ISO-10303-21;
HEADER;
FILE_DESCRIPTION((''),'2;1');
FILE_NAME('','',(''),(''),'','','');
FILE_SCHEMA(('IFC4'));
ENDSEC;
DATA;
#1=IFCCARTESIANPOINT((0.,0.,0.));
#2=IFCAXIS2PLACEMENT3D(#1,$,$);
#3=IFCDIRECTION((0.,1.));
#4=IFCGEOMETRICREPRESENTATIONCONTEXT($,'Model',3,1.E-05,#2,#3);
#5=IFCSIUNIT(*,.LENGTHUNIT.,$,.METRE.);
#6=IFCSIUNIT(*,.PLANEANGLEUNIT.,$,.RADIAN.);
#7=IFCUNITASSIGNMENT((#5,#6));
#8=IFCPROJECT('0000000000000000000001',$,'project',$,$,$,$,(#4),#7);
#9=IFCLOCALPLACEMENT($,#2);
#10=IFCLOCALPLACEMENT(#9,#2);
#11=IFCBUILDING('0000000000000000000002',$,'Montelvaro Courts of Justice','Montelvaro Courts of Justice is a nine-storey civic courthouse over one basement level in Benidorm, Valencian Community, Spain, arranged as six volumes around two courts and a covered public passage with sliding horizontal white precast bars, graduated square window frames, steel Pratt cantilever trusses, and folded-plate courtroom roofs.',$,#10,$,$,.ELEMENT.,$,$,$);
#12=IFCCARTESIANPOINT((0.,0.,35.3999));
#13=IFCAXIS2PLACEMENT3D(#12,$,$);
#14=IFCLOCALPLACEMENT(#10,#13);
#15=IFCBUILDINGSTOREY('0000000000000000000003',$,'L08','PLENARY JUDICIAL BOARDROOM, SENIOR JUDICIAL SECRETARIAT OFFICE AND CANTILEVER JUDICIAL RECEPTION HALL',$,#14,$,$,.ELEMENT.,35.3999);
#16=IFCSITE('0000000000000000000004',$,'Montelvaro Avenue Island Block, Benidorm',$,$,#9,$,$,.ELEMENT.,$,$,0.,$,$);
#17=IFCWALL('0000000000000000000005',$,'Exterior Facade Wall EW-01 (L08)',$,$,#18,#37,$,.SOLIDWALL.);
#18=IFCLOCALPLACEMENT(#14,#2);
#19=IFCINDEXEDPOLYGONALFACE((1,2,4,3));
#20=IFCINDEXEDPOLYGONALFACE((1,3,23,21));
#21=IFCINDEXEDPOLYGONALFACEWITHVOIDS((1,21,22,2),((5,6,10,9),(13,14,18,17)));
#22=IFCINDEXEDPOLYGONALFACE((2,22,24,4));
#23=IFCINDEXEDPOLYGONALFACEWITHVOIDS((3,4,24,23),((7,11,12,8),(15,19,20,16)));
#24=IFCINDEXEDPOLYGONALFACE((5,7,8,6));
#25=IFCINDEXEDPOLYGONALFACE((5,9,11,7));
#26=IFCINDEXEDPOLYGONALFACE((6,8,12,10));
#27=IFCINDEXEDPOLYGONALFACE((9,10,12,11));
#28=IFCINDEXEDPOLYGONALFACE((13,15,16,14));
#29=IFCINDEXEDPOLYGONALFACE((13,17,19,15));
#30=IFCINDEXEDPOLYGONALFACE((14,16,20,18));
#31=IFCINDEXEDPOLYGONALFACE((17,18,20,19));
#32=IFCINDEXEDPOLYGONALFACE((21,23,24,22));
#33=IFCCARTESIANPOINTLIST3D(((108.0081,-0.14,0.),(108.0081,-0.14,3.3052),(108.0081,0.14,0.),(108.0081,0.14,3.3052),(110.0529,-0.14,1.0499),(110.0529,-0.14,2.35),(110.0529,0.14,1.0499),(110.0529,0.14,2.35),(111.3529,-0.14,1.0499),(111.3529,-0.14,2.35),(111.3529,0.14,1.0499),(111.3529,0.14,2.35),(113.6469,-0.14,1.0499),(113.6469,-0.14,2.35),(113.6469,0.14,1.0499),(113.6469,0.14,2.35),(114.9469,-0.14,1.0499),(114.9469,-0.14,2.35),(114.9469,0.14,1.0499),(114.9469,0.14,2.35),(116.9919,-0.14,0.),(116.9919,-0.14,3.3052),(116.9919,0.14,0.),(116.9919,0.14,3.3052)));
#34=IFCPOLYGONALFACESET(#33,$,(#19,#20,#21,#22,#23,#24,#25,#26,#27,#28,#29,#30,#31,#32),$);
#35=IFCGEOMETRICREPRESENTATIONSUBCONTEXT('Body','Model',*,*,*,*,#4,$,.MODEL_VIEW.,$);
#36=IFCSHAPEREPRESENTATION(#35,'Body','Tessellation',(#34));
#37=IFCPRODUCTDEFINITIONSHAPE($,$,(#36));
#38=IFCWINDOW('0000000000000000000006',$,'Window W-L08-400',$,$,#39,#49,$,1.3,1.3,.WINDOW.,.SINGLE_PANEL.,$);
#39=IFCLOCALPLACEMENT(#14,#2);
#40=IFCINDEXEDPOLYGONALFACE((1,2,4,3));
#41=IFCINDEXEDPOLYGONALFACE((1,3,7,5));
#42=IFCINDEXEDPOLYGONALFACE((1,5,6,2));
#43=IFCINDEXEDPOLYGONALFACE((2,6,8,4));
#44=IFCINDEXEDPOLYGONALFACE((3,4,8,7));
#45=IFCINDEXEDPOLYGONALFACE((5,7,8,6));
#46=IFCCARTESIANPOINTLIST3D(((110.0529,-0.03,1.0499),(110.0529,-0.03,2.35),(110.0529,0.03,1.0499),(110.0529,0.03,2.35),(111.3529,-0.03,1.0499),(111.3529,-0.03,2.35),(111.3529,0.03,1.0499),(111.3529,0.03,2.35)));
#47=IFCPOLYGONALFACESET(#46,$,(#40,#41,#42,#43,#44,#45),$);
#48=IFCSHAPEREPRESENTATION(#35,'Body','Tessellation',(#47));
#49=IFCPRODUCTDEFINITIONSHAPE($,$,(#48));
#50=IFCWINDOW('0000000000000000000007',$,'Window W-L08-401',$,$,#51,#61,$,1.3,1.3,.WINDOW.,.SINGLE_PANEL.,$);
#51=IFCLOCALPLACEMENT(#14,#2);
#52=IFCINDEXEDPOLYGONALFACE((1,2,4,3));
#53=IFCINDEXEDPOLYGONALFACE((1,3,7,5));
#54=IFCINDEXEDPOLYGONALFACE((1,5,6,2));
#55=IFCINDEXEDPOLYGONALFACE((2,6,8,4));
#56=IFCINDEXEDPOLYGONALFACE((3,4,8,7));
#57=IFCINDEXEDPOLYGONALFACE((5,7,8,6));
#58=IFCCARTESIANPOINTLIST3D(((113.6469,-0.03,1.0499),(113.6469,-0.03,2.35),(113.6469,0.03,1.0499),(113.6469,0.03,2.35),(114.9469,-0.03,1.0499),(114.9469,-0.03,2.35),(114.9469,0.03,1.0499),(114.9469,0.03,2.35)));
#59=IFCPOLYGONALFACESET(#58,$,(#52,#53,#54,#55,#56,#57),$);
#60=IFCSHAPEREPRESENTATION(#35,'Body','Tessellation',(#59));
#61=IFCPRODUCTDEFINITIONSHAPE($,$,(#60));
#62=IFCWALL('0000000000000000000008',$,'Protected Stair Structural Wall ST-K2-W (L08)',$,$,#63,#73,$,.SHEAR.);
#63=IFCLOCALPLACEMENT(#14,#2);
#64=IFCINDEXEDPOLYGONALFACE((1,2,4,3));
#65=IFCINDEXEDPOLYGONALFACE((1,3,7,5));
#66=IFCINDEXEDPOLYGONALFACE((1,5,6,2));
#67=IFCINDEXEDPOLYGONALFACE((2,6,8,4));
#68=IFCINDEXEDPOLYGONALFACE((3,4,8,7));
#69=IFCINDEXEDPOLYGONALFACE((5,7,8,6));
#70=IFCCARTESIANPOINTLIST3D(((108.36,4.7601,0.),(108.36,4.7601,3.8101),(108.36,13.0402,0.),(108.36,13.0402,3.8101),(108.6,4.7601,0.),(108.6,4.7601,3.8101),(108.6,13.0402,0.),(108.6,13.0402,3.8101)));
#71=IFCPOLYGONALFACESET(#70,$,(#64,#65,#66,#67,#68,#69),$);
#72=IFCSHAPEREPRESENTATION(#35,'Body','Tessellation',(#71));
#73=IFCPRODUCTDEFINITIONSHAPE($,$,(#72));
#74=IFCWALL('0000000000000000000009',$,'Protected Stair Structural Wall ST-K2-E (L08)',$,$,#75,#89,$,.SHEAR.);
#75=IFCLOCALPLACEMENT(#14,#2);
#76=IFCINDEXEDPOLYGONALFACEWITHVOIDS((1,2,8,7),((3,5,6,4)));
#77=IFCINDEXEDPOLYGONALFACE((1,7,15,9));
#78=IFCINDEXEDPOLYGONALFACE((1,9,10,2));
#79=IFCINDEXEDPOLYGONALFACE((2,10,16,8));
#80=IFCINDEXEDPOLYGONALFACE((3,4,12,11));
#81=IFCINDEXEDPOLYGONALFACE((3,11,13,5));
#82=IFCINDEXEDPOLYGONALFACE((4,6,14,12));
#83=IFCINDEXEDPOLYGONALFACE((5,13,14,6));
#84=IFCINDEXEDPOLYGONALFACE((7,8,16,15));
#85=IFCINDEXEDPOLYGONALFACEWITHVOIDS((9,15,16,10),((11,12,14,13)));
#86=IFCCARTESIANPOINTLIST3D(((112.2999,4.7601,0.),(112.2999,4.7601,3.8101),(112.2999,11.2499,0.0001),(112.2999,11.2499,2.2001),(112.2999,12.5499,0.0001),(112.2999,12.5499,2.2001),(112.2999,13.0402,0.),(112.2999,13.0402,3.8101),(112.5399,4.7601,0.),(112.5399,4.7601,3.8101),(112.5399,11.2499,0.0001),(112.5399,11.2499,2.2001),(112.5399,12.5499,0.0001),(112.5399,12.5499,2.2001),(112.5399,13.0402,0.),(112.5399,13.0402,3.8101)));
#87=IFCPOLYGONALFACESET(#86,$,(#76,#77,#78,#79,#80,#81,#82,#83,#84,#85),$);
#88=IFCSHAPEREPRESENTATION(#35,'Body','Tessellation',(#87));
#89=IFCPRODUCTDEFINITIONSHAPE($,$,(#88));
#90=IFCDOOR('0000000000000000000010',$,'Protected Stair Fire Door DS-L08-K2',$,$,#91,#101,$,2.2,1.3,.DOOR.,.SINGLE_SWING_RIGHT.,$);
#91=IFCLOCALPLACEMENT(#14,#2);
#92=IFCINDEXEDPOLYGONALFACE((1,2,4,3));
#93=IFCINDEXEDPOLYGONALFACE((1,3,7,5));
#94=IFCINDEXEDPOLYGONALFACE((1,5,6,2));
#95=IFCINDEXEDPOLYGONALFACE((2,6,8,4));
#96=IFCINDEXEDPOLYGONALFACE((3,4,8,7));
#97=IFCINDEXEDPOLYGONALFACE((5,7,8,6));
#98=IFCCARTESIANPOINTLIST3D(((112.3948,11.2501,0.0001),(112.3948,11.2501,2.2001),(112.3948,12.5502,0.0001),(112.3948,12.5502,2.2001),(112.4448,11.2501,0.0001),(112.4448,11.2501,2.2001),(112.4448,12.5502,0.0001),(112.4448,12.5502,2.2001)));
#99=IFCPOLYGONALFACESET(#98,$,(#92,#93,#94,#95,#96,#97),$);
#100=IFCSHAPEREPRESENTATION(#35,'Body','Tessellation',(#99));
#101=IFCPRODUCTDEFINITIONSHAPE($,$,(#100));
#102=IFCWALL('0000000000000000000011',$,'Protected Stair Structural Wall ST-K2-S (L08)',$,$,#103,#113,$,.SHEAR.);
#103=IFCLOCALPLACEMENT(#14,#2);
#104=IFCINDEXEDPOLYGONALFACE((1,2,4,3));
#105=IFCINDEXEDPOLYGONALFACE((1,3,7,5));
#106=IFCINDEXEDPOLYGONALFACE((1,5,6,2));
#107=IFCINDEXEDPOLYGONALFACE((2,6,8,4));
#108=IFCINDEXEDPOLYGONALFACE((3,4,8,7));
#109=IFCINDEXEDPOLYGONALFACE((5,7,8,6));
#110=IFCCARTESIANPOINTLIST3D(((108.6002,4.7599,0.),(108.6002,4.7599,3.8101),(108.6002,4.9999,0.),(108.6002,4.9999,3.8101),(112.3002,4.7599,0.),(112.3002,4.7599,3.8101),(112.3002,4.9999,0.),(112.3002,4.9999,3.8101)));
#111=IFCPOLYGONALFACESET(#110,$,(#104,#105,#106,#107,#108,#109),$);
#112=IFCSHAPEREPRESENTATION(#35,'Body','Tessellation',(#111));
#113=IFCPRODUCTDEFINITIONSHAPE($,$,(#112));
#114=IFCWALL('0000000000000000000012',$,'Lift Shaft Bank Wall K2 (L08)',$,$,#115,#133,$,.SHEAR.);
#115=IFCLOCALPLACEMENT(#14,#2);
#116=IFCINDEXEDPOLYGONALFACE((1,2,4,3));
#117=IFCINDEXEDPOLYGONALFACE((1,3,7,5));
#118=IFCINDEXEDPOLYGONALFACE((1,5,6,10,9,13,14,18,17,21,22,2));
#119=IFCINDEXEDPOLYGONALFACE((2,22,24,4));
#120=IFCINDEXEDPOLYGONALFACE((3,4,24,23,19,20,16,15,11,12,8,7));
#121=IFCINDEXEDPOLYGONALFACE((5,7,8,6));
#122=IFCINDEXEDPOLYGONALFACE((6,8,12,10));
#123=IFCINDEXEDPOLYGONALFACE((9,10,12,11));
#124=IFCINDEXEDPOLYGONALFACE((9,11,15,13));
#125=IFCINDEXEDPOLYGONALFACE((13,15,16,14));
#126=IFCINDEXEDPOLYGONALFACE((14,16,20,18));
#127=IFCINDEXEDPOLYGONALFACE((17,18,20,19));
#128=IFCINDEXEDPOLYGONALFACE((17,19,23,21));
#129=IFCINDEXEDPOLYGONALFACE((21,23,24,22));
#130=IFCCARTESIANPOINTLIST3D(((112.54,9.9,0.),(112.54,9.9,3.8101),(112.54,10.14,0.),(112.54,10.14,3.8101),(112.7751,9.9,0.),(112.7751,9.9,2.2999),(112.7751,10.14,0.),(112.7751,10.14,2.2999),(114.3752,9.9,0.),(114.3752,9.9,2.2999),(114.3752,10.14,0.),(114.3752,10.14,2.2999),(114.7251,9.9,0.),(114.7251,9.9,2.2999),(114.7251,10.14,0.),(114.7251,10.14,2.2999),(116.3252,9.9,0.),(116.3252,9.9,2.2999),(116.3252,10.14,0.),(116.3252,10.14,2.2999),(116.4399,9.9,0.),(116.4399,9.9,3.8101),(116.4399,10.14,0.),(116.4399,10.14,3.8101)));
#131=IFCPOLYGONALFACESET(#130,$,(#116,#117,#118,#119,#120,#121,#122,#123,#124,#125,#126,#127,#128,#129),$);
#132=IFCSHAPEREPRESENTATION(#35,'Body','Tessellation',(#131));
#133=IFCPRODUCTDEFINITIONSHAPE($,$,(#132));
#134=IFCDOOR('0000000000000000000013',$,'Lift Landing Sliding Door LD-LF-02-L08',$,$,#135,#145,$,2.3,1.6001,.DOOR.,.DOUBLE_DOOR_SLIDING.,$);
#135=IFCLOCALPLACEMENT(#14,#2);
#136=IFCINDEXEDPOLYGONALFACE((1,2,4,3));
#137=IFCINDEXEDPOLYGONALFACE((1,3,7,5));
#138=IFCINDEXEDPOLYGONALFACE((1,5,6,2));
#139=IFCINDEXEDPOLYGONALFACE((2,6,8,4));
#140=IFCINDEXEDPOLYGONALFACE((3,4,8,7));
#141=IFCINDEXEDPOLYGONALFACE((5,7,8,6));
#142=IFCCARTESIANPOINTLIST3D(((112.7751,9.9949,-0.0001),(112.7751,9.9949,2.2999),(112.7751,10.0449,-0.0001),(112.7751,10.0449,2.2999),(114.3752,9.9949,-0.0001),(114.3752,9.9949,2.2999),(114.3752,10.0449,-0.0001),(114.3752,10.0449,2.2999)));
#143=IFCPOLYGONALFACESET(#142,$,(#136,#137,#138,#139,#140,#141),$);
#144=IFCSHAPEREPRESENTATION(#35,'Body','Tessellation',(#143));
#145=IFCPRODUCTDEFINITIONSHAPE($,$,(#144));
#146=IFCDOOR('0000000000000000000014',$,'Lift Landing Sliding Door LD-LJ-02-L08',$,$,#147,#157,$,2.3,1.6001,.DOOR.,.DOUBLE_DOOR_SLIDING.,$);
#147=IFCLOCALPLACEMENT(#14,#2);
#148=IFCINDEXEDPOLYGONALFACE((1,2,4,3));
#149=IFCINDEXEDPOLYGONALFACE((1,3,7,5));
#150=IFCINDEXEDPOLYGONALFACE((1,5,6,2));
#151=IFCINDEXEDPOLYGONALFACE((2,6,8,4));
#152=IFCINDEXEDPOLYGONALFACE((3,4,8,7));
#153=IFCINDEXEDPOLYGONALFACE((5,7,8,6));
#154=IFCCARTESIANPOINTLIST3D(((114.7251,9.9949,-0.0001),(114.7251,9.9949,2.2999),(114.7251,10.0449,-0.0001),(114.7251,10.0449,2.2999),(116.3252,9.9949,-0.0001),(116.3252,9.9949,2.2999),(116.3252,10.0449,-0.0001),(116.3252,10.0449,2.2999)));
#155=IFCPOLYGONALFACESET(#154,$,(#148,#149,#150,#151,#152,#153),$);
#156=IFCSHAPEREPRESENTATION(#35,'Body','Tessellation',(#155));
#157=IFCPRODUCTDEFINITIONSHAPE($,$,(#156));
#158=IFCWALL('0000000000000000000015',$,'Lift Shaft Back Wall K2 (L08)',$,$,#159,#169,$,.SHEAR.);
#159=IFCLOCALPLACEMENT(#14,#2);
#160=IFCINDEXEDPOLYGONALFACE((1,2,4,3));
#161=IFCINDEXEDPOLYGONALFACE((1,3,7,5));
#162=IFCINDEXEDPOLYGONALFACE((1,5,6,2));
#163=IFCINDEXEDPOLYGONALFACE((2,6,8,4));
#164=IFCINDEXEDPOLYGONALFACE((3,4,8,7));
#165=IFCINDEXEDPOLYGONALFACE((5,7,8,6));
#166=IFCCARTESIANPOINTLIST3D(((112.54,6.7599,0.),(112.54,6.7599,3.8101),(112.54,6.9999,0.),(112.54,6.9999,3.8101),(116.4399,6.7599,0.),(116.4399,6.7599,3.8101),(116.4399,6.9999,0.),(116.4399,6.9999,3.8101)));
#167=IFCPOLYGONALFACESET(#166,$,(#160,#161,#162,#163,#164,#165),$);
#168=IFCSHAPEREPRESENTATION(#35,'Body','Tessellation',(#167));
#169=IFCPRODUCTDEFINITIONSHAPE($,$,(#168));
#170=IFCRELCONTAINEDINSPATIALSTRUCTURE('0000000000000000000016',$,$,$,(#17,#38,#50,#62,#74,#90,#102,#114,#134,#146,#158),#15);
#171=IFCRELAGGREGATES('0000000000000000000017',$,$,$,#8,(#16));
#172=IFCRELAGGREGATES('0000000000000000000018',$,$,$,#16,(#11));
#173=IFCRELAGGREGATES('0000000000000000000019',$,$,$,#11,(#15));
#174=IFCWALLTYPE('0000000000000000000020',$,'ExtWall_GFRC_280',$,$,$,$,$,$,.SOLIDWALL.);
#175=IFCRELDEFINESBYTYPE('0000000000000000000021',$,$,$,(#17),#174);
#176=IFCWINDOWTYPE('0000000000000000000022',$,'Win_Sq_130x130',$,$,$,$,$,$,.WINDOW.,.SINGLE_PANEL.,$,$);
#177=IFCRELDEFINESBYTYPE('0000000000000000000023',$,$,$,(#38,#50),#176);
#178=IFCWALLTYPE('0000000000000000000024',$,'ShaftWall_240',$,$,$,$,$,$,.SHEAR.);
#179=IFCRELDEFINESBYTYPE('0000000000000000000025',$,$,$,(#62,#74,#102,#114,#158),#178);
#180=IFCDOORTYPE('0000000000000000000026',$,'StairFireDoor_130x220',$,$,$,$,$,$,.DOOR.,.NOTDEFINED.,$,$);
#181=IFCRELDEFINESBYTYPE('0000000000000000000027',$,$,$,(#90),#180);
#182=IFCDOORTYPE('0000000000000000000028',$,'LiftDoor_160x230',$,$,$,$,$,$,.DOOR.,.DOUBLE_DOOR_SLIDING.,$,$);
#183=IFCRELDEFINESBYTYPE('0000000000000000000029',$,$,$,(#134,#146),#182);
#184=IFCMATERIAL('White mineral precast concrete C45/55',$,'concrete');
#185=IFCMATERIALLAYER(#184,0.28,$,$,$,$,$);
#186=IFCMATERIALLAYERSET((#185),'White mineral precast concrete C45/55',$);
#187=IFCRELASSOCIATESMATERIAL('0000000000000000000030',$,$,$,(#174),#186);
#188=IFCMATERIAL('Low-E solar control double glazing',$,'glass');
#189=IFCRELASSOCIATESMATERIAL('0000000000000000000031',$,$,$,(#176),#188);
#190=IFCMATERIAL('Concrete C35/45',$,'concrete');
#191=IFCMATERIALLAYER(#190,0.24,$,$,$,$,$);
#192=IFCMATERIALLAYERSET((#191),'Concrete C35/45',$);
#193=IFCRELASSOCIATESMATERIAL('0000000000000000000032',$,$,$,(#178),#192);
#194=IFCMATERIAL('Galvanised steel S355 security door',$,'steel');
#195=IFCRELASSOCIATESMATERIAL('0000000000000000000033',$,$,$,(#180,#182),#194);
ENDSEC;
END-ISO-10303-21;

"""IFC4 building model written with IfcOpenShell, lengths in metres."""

from ifc_helpers import new_model, si_unit, direction, frame, frame_2d, origin, place, context, subcontext, project, spatial, rectangle, extrude, material, layer, layer_set, type_object, element, fill, save


model = new_model("IFC4")

# Units and contexts
model_context = context("Model", 3, precision=1e-05, world=origin(), true_north=direction((0.0, 1.0)))
body_context = subcontext(model_context, "Body", "Model", "MODEL_VIEW")
ifc_project = project(units=[si_unit("LENGTHUNIT", "METRE"), si_unit("PLANEANGLEUNIT", "RADIAN")], contexts=[model_context])

# Site, building, storey
site_placement = place(None, origin())
site = spatial("IfcSite", under=ifc_project, at=site_placement, Name="Montelvaro Avenue Island Block, Benidorm", CompositionType="ELEMENT", RefElevation=0.0)
building_placement = place(site_placement, origin())
building = spatial("IfcBuilding", under=site, at=building_placement, Name="Montelvaro Courts of Justice", Description="Montelvaro Courts of Justice is a nine-storey civic courthouse over one basement level in Benidorm, Valencian Community, Spain, arranged as six volumes around two courts and a covered public passage with sliding horizontal white precast bars, graduated square window frames, steel Pratt cantilever trusses, and folded-plate courtroom roofs.", CompositionType="ELEMENT")
storey_placement = place(building_placement, frame((0.0, 0.0, 35.3999)))
storey = spatial("IfcBuildingStorey", under=building, at=storey_placement, Name="L08", Description="PLENARY JUDICIAL BOARDROOM, SENIOR JUDICIAL SECRETARIAT OFFICE AND CANTILEVER JUDICIAL RECEPTION HALL", CompositionType="ELEMENT", Elevation=35.3999)

# Shared definitions
ifc_material_1 = material(Name="White mineral precast concrete C45/55", Category="concrete")

# Wall, openings, windows
ifc_layer_1 = layer(ifc_material_1, 0.28)
ifc_layer_set_1 = layer_set([ifc_layer_1], Name="White mineral precast concrete C45/55")
wall_type_1 = type_object("IfcWallType", Name="ExtWall_GFRC_280", PredefinedType="SOLIDWALL", material=ifc_layer_set_1)
wall_1_placement = place(storey_placement, frame((108.0081, 0.0, 0.0), z_axis=(0.0, 0.0, 1.0), x_axis=(1.0, 0.0, 0.0)))
wall_1 = element("IfcWall", 1, at=wall_1_placement, inside=storey, type_object=wall_type_1, Name="Exterior Facade Wall EW-01 (L08)", PredefinedType="SOLIDWALL", context=body_context, shape_type="SweptSolid", body=[
    extrude(rectangle(XDim=8.9839, YDim=0.28, at=frame_2d((4.4919, 0.0))), origin(), (0.0, 0.0, 1.0), 3.3052),
])
opening_1_placement = place(wall_1_placement, frame((2.0449, 0.0, 1.05)))
opening_1 = element("IfcOpeningElement", 2, at=opening_1_placement, cuts=wall_1, PredefinedType="OPENING", context=body_context, shape_type="SweptSolid", body=[
    extrude(rectangle(XDim=1.3, YDim=1.3, at=frame_2d((0.6499, 0.6499))), frame((0.0, 0.1548, 0.0), z_axis=(0.0, -1.0, 0.0), x_axis=(1.0, 0.0, 0.0)), (0.0, 0.0, 1.0), 0.3098),
])
opening_2_placement = place(wall_1_placement, frame((5.6389, 0.0, 1.05)))
opening_2 = element("IfcOpeningElement", 3, at=opening_2_placement, cuts=wall_1, PredefinedType="OPENING", context=body_context, shape_type="SweptSolid", body=[
    extrude(rectangle(XDim=1.3, YDim=1.3, at=frame_2d((0.6499, 0.6499))), frame((0.0, 0.1548, 0.0), z_axis=(0.0, -1.0, 0.0), x_axis=(1.0, 0.0, 0.0)), (0.0, 0.0, 1.0), 0.3098),
])
ifc_material_2 = material(Name="Low-E solar control double glazing", Category="glass")
window_type = type_object("IfcWindowType", Name="Win_Sq_130x130", PartitioningType="SINGLE_PANEL", PredefinedType="WINDOW", material=ifc_material_2)
window_1_placement = place(opening_1_placement, origin())
window_1 = element("IfcWindow", 4, at=window_1_placement, inside=storey, type_object=window_type, Name="Window W-L08-400", OverallHeight=1.3, OverallWidth=1.3, PartitioningType="SINGLE_PANEL", PredefinedType="WINDOW", context=body_context, shape_type="SweptSolid", body=[
    extrude(rectangle(XDim=1.3, YDim=1.3, at=frame_2d((0.6499, 0.6499))), frame((0.0, 0.03, 0.0), z_axis=(0.0, -1.0, 0.0), x_axis=(1.0, 0.0, 0.0)), (0.0, 0.0, 1.0), 0.0601),
])
fill(opening_1, window_1)
window_2_placement = place(opening_2_placement, origin())
window_2 = element("IfcWindow", 5, at=window_2_placement, inside=storey, type_object=window_type, Name="Window W-L08-401", OverallHeight=1.3, OverallWidth=1.3, PartitioningType="SINGLE_PANEL", PredefinedType="WINDOW", context=body_context, shape_type="SweptSolid", body=[
    extrude(rectangle(XDim=1.3, YDim=1.3, at=frame_2d((0.6499, 0.6499))), frame((0.0, 0.03, 0.0), z_axis=(0.0, -1.0, 0.0), x_axis=(1.0, 0.0, 0.0)), (0.0, 0.0, 1.0), 0.0601),
])
fill(opening_2, window_2)

# Wall
ifc_material_3 = material(Name="Concrete C35/45", Category="concrete")
ifc_layer_2 = layer(ifc_material_3, 0.24)
ifc_layer_set_2 = layer_set([ifc_layer_2], Name="Concrete C35/45")
wall_type_2 = type_object("IfcWallType", Name="ShaftWall_240", PredefinedType="SHEAR", material=ifc_layer_set_2)
wall_2_placement = place(storey_placement, frame((108.48, 4.76, 0.0), z_axis=(0.0, 0.0, 1.0), x_axis=(0.0, 1.0, 0.0)))
element("IfcWall", 6, at=wall_2_placement, inside=storey, type_object=wall_type_2, Name="Protected Stair Structural Wall ST-K2-W (L08)", PredefinedType="SHEAR", context=body_context, shape_type="SweptSolid", body=[
    extrude(rectangle(XDim=8.28, YDim=0.24, at=frame_2d((4.1401, 0.0))), origin(), (0.0, 0.0, 1.0), 3.8101),
])

# Wall, opening, door
wall_3_placement = place(storey_placement, frame((112.4199, 4.76, 0.0), z_axis=(0.0, 0.0, 1.0), x_axis=(0.0, 1.0, 0.0)))
wall_3 = element("IfcWall", 7, at=wall_3_placement, inside=storey, type_object=wall_type_2, Name="Protected Stair Structural Wall ST-K2-E (L08)", PredefinedType="SHEAR", context=body_context, shape_type="SweptSolid", body=[
    extrude(rectangle(XDim=8.28, YDim=0.24, at=frame_2d((4.1401, 0.0))), origin(), (0.0, 0.0, 1.0), 3.8101),
])
opening_3_placement = place(wall_3_placement, frame((6.49, 0.0, 0.0)))
opening_3 = element("IfcOpeningElement", 8, at=opening_3_placement, cuts=wall_3, PredefinedType="OPENING", context=body_context, shape_type="SweptSolid", body=[
    extrude(rectangle(XDim=1.3, YDim=2.2, at=frame_2d((0.6499, 1.1001))), frame((0.0, 0.1348, 0.0), z_axis=(0.0, -1.0, 0.0), x_axis=(1.0, 0.0, 0.0)), (0.0, 0.0, 1.0), 0.2698),
])
ifc_material_4 = material(Name="Galvanised steel S355 security door", Category="steel")
door_type_1 = type_object("IfcDoorType", Name="StairFireDoor_130x220", OperationType="NOTDEFINED", PredefinedType="DOOR", material=ifc_material_4)
door_1_placement = place(opening_3_placement, frame((1.3, 0.0, 0.0), z_axis=(0.0, 0.0, 1.0), x_axis=(-1.0, 0.0, 0.0)))
door_1 = element("IfcDoor", 9, at=door_1_placement, inside=storey, type_object=door_type_1, Name="Protected Stair Fire Door DS-L08-K2", OperationType="SINGLE_SWING_RIGHT", OverallHeight=2.2, OverallWidth=1.3, PredefinedType="DOOR", context=body_context, shape_type="SweptSolid", body=[
    extrude(rectangle(XDim=1.3, YDim=2.2, at=frame_2d((0.6499, 1.1001))), frame((0.0, 0.0249, 0.0), z_axis=(0.0, -1.0, 0.0), x_axis=(1.0, 0.0, 0.0)), (0.0, 0.0, 1.0), 0.05),
])
fill(opening_3, door_1)

# Wall
wall_4_placement = place(storey_placement, frame((108.6001, 4.8799, 0.0), z_axis=(0.0, 0.0, 1.0), x_axis=(1.0, 0.0, 0.0)))
element("IfcWall", 10, at=wall_4_placement, inside=storey, type_object=wall_type_2, Name="Protected Stair Structural Wall ST-K2-S (L08)", PredefinedType="SHEAR", context=body_context, shape_type="SweptSolid", body=[
    extrude(rectangle(XDim=3.7, YDim=0.24, at=frame_2d((1.8501, 0.0))), origin(), (0.0, 0.0, 1.0), 3.8101),
])

# Wall, openings, doors
wall_5_placement = place(storey_placement, frame((112.54, 10.02, 0.0), z_axis=(0.0, 0.0, 1.0), x_axis=(1.0, 0.0, 0.0)))
wall_5 = element("IfcWall", 11, at=wall_5_placement, inside=storey, type_object=wall_type_2, Name="Lift Shaft Bank Wall K2 (L08)", PredefinedType="SHEAR", context=body_context, shape_type="SweptSolid", body=[
    extrude(rectangle(XDim=3.8999, YDim=0.24, at=frame_2d((1.95, 0.0))), origin(), (0.0, 0.0, 1.0), 3.8101),
])
opening_4_placement = place(wall_5_placement, frame((0.2351, 0.0, 0.0)))
opening_4 = element("IfcOpeningElement", 12, at=opening_4_placement, cuts=wall_5, PredefinedType="OPENING", context=body_context, shape_type="SweptSolid", body=[
    extrude(rectangle(XDim=1.6001, YDim=2.3, at=frame_2d((0.8, 1.1499))), frame((0.0, 0.1348, 0.0), z_axis=(0.0, -1.0, 0.0), x_axis=(1.0, 0.0, 0.0)), (0.0, 0.0, 1.0), 0.2698),
])
opening_5_placement = place(wall_5_placement, frame((2.1851, 0.0, 0.0)))
opening_5 = element("IfcOpeningElement", 13, at=opening_5_placement, cuts=wall_5, PredefinedType="OPENING", context=body_context, shape_type="SweptSolid", body=[
    extrude(rectangle(XDim=1.6001, YDim=2.3, at=frame_2d((0.8, 1.1499))), frame((0.0, 0.1348, 0.0), z_axis=(0.0, -1.0, 0.0), x_axis=(1.0, 0.0, 0.0)), (0.0, 0.0, 1.0), 0.2698),
])
door_type_2 = type_object("IfcDoorType", Name="LiftDoor_160x230", OperationType="DOUBLE_DOOR_SLIDING", PredefinedType="DOOR", material=ifc_material_4)
door_2_placement = place(opening_4_placement, origin())
door_2 = element("IfcDoor", 14, at=door_2_placement, inside=storey, type_object=door_type_2, Name="Lift Landing Sliding Door LD-LF-02-L08", OperationType="DOUBLE_DOOR_SLIDING", OverallHeight=2.3, OverallWidth=1.6001, PredefinedType="DOOR", context=body_context, shape_type="SweptSolid", body=[
    extrude(rectangle(XDim=1.6001, YDim=2.3, at=frame_2d((0.8, 1.1499))), frame((0.0, 0.0249, 0.0), z_axis=(0.0, -1.0, 0.0), x_axis=(1.0, 0.0, 0.0)), (0.0, 0.0, 1.0), 0.05),
])
fill(opening_4, door_2)
door_3_placement = place(opening_5_placement, origin())
door_3 = element("IfcDoor", 15, at=door_3_placement, inside=storey, type_object=door_type_2, Name="Lift Landing Sliding Door LD-LJ-02-L08", OperationType="DOUBLE_DOOR_SLIDING", OverallHeight=2.3, OverallWidth=1.6001, PredefinedType="DOOR", context=body_context, shape_type="SweptSolid", body=[
    extrude(rectangle(XDim=1.6001, YDim=2.3, at=frame_2d((0.8, 1.1499))), frame((0.0, 0.0249, 0.0), z_axis=(0.0, -1.0, 0.0), x_axis=(1.0, 0.0, 0.0)), (0.0, 0.0, 1.0), 0.05),
])
fill(opening_5, door_3)

# Wall
wall_6_placement = place(storey_placement, frame((112.54, 6.8799, 0.0), z_axis=(0.0, 0.0, 1.0), x_axis=(1.0, 0.0, 0.0)))
element("IfcWall", 16, at=wall_6_placement, inside=storey, type_object=wall_type_2, Name="Lift Shaft Back Wall K2 (L08)", PredefinedType="SHEAR", context=body_context, shape_type="SweptSolid", body=[
    extrude(rectangle(XDim=3.8999, YDim=0.24, at=frame_2d((1.95, 0.0))), origin(), (0.0, 0.0, 1.0), 3.8101),
])

save(model, "model.ifc")
